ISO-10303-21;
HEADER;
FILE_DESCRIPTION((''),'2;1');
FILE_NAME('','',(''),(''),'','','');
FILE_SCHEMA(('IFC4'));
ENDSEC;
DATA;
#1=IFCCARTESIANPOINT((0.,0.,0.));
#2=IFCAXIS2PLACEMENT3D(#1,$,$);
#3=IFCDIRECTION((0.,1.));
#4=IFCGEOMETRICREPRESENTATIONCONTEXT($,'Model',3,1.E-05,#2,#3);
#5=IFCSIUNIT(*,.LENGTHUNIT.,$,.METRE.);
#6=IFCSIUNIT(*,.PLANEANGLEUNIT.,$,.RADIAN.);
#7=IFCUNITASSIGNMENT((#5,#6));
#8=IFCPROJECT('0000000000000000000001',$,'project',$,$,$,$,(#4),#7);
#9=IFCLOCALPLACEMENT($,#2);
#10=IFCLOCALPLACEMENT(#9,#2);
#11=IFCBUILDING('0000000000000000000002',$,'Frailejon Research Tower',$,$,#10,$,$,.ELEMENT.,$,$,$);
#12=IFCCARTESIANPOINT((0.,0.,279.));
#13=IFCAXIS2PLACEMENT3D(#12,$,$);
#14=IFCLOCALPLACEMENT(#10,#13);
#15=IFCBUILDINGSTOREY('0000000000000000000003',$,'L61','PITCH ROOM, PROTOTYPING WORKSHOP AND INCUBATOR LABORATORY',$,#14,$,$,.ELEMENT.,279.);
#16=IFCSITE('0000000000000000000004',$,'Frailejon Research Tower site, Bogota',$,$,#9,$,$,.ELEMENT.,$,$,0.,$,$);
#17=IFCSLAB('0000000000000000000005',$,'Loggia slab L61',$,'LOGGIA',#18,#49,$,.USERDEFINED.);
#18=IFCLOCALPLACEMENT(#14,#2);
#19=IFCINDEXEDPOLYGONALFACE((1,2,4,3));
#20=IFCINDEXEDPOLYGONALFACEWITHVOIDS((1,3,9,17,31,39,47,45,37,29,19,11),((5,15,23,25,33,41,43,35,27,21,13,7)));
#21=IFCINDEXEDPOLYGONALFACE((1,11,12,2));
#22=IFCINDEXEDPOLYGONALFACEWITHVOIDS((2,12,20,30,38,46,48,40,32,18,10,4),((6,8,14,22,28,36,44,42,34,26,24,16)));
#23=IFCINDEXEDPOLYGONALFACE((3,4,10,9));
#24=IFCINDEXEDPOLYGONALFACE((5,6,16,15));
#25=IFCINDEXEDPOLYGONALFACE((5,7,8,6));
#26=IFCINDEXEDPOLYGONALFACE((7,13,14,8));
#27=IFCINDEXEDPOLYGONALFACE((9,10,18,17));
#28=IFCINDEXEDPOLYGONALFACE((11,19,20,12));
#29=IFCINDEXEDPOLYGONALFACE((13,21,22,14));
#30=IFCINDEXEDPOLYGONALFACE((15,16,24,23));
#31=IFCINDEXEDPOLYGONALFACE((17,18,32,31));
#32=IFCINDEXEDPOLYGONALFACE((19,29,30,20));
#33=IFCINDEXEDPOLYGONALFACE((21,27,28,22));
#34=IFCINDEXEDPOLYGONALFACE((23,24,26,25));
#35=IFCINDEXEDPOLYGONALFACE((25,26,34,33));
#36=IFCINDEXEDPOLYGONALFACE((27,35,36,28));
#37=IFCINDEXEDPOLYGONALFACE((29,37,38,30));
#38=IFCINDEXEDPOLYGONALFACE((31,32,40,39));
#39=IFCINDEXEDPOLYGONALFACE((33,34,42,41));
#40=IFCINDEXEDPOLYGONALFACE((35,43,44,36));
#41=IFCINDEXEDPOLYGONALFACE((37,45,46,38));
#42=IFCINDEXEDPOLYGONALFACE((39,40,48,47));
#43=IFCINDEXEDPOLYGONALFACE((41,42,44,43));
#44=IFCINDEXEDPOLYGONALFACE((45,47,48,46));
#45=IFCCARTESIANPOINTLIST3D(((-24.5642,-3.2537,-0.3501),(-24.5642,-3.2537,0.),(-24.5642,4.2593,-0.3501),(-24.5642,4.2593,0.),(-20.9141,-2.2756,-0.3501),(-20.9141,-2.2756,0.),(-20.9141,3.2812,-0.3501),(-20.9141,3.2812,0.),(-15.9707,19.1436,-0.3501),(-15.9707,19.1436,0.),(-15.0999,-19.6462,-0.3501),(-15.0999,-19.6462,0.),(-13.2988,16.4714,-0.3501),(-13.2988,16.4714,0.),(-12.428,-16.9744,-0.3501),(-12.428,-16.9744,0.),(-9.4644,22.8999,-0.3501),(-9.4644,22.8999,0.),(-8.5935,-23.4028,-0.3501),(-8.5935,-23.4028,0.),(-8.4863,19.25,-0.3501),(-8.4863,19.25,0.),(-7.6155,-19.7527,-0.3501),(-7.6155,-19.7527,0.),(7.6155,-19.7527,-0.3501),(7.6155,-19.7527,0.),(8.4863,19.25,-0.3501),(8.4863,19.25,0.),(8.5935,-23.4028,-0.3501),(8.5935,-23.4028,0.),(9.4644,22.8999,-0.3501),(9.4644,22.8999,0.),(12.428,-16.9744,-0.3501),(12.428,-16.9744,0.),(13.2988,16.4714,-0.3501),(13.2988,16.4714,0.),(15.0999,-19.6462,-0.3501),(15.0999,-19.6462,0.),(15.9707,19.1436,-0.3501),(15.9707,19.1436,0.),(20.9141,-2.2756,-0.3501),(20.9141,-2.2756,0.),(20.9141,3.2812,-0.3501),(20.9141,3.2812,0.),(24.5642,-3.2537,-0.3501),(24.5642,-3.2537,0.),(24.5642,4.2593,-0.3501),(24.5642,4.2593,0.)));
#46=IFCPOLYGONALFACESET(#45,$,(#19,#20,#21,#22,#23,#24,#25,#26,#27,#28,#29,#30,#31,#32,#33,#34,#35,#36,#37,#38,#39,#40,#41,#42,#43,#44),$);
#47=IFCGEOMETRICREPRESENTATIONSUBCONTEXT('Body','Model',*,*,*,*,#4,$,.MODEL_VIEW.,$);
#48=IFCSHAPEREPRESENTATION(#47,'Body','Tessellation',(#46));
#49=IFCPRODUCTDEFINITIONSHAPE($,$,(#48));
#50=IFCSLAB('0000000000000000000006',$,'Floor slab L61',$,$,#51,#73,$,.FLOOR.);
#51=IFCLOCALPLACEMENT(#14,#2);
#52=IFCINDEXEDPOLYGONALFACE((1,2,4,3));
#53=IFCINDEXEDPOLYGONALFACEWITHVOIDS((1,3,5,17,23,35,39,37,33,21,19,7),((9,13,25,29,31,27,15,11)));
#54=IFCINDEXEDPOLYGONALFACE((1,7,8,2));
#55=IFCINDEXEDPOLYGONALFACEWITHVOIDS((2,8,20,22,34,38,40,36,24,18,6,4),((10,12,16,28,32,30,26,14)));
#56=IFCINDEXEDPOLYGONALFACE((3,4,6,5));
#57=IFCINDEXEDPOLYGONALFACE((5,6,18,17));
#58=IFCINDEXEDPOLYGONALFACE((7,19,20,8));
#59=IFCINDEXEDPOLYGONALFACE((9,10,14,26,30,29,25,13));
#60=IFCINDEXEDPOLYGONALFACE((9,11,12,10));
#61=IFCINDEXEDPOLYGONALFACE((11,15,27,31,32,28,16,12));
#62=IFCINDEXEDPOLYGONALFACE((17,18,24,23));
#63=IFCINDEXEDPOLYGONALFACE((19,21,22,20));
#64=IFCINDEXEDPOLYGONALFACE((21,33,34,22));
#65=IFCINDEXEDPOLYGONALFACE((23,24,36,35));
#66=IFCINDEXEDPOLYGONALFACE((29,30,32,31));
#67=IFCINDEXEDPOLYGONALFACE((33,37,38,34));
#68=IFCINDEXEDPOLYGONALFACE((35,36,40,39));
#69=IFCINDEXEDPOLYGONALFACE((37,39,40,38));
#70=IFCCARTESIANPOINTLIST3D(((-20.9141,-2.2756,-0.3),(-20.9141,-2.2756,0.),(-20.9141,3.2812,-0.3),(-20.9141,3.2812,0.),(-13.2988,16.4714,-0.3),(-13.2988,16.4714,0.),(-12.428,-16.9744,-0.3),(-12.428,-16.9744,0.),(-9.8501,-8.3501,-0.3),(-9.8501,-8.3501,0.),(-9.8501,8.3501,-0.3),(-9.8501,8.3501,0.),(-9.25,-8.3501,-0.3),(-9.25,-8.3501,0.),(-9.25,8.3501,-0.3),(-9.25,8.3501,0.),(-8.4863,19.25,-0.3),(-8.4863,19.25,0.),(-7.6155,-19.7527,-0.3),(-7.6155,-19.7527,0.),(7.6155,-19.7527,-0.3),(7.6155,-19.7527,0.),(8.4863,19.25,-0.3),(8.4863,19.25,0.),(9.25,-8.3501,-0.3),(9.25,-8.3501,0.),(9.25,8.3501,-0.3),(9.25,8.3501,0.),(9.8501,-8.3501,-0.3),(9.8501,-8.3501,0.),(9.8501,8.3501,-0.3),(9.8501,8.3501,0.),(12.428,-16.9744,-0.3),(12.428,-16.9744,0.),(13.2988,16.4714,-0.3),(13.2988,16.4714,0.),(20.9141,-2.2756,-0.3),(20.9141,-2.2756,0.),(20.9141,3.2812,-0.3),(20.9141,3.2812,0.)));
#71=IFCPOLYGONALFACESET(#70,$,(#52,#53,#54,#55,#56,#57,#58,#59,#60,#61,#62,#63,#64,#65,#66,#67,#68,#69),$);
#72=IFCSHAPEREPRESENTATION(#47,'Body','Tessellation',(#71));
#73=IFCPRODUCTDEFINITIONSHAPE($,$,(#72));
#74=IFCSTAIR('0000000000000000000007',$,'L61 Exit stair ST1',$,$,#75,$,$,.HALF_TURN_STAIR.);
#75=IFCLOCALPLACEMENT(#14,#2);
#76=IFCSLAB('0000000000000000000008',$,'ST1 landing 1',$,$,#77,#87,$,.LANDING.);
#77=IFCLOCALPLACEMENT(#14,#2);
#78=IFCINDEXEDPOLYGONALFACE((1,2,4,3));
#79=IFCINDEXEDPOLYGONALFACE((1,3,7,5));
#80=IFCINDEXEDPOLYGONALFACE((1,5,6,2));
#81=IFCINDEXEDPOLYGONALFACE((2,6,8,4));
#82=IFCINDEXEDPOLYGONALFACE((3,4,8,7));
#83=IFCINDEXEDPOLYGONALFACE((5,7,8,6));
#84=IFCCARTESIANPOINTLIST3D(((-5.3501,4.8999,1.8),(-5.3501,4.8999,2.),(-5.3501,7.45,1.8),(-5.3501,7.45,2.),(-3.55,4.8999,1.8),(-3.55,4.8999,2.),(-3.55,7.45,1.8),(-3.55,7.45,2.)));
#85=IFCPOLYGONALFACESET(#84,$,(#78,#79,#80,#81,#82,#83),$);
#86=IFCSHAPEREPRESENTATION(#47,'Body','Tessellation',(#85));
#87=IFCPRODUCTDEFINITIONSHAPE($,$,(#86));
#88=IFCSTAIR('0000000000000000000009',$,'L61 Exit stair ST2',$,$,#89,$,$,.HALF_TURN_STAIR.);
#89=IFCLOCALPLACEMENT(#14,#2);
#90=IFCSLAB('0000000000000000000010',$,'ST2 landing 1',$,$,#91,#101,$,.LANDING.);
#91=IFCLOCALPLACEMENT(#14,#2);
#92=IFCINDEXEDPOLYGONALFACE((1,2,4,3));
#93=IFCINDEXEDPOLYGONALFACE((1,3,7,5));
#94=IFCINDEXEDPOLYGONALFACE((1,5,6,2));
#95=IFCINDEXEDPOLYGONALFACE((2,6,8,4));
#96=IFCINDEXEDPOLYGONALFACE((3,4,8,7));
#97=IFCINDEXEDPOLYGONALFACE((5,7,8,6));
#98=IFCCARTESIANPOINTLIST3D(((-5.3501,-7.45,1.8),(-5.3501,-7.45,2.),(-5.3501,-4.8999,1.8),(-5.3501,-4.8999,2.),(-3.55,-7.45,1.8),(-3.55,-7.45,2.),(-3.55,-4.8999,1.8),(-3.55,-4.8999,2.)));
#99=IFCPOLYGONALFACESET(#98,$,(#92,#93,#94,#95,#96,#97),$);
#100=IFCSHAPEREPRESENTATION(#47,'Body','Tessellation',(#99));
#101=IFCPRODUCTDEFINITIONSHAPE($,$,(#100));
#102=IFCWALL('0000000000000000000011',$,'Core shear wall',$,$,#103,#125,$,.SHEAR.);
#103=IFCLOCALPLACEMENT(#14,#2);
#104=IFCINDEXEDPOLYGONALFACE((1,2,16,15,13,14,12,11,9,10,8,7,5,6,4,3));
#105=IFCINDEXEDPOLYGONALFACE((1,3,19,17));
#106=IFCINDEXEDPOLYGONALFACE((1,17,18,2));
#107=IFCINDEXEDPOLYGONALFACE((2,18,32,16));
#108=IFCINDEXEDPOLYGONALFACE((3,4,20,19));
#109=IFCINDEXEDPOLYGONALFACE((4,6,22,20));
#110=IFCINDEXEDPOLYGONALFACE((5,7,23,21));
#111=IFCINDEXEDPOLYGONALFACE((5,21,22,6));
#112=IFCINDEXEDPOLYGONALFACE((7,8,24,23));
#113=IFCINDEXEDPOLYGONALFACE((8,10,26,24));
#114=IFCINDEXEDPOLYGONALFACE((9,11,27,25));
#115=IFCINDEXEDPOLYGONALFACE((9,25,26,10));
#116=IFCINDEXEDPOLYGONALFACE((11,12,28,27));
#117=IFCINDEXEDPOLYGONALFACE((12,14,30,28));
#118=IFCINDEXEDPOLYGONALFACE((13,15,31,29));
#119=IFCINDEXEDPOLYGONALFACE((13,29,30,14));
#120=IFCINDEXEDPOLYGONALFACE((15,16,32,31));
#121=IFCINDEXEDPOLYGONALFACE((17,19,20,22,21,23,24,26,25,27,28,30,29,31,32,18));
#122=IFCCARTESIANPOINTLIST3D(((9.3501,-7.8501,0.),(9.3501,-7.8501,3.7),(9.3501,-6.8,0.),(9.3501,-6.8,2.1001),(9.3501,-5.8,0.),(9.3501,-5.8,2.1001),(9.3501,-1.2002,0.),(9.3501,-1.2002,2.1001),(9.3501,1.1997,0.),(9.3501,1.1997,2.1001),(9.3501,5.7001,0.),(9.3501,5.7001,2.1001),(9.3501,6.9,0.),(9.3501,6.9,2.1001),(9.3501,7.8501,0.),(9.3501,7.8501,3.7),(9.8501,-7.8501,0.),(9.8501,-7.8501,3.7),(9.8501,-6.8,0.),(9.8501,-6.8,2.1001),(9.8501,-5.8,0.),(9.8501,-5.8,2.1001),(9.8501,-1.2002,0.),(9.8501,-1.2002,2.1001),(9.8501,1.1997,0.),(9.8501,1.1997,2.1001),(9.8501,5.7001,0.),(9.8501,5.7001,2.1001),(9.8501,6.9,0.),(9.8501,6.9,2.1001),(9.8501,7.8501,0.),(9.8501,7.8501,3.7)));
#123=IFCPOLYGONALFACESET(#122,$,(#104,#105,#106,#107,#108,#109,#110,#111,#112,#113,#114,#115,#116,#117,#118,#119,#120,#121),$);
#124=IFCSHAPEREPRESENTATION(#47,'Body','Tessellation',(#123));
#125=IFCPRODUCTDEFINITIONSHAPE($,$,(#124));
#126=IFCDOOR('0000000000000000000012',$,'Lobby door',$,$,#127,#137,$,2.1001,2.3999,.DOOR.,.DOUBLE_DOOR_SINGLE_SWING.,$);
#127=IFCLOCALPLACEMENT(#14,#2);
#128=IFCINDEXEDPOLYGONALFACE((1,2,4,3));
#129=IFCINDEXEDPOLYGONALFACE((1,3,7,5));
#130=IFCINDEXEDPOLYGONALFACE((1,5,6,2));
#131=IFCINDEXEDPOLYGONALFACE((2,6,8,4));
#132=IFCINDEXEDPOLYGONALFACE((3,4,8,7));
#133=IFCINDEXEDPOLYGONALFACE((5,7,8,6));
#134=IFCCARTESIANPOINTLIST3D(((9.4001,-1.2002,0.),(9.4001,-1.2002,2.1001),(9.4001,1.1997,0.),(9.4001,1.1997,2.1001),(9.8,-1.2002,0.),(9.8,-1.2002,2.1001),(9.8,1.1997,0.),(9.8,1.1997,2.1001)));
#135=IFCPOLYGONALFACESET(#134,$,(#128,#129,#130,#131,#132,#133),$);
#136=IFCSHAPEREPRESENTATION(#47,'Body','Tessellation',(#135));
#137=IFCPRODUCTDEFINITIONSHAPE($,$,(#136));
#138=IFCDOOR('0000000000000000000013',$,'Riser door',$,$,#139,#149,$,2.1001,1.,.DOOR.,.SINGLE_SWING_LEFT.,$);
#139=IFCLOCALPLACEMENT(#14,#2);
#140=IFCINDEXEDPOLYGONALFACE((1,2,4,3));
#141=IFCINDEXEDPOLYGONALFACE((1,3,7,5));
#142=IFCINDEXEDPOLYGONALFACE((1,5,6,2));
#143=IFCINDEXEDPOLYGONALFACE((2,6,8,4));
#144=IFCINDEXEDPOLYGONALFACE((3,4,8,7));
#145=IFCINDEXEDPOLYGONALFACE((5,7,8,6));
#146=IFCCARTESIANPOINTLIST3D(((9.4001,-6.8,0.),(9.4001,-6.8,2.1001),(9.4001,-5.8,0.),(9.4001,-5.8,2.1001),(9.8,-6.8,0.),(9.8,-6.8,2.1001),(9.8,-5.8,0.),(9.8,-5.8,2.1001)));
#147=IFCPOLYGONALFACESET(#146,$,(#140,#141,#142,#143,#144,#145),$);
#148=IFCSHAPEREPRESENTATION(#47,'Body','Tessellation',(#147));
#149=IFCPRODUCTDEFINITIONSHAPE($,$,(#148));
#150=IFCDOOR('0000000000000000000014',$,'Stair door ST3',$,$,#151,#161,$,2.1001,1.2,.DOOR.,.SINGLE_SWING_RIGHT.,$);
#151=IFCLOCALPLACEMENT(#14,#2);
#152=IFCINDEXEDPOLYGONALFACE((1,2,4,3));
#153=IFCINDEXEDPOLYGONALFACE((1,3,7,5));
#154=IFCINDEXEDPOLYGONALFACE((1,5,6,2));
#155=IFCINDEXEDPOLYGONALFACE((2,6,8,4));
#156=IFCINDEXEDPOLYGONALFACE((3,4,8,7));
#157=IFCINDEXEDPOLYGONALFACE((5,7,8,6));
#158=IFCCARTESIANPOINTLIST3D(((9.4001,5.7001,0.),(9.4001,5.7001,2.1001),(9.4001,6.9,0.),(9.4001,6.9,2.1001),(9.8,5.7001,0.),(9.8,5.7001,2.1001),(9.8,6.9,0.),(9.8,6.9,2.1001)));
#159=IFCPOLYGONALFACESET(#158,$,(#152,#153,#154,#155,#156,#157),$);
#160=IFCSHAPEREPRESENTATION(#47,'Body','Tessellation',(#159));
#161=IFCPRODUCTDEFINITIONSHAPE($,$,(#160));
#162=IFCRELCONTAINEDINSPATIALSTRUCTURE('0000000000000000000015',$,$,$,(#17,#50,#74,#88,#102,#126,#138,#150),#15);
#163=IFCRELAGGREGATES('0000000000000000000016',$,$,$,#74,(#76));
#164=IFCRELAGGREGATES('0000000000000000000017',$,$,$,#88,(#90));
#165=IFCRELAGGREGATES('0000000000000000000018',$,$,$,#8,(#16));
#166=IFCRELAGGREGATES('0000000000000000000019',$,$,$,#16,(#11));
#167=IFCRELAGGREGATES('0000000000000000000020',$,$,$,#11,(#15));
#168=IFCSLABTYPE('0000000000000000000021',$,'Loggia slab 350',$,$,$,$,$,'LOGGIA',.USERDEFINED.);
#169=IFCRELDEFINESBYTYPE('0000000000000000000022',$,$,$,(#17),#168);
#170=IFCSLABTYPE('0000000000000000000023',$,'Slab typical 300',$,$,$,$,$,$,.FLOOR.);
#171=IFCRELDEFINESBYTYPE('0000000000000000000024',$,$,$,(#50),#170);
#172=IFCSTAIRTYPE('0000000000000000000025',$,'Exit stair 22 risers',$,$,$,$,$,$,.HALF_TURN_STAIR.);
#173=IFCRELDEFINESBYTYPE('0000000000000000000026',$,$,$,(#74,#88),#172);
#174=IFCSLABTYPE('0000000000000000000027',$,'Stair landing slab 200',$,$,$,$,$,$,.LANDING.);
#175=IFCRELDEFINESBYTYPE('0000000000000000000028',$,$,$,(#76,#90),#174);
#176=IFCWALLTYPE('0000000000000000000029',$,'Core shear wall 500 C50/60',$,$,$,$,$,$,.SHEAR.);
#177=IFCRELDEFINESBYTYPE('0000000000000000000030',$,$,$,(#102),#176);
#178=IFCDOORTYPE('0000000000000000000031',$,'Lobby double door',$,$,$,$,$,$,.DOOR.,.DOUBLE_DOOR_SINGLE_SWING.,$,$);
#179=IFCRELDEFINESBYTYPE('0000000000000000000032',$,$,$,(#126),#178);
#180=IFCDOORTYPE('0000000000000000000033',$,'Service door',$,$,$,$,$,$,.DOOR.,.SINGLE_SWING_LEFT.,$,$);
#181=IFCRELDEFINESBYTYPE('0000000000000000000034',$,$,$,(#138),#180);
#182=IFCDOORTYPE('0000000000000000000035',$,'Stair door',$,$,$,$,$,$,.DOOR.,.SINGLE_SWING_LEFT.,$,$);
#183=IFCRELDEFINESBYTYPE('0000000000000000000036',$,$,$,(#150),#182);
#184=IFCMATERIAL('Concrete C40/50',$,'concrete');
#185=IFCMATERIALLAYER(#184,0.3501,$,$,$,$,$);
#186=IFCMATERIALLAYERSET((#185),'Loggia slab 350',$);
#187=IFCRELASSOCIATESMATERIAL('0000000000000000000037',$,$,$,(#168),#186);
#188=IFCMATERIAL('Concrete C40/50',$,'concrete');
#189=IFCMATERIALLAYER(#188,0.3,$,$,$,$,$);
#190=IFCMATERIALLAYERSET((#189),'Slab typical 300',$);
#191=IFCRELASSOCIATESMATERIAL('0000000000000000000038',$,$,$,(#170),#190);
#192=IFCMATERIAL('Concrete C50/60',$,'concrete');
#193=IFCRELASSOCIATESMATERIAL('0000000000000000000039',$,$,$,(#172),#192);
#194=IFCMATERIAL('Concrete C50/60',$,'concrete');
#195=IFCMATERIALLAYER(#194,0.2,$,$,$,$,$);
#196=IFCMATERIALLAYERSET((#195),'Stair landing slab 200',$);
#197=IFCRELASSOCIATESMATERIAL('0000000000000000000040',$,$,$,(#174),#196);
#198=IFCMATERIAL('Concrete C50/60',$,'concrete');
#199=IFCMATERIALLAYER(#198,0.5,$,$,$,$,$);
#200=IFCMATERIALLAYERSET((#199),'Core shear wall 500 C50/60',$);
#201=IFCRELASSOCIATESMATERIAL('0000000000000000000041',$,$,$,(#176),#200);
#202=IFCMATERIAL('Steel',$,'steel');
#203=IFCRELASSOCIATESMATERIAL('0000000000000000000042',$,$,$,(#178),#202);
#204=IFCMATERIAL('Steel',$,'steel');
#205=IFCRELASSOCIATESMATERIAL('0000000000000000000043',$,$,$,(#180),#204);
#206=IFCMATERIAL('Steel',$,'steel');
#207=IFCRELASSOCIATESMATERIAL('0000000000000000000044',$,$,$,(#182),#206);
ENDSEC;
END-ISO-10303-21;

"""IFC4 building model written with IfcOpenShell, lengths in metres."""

from ifc_helpers import new_model, si_unit, direction, frame, frame_2d, origin, place, context, subcontext, project, spatial, polyline, rectangle, outline, extrude, material, layer, layer_set, type_object, element, fill, aggregate, save


model = new_model("IFC4")

# Units and contexts
model_context = context("Model", 3, precision=1e-05, world=origin(), true_north=direction((0.0, 1.0)))
body_context = subcontext(model_context, "Body", "Model", "MODEL_VIEW")
ifc_project = project(units=[si_unit("LENGTHUNIT", "METRE"), si_unit("PLANEANGLEUNIT", "RADIAN")], contexts=[model_context])

# Site, building, storey
site_placement = place(None, origin())
site = spatial("IfcSite", under=ifc_project, at=site_placement, Name="Frailejon Research Tower site, Bogota", CompositionType="ELEMENT", RefElevation=0.0)
building_placement = place(site_placement, origin())
building = spatial("IfcBuilding", under=site, at=building_placement, Name="Frailejon Research Tower", CompositionType="ELEMENT")
storey_placement = place(building_placement, frame((0.0, 0.0, 279.0)))
storey = spatial("IfcBuildingStorey", under=building, at=storey_placement, Name="L61", Description="PITCH ROOM, PROTOTYPING WORKSHOP AND INCUBATOR LABORATORY", CompositionType="ELEMENT", Elevation=279.0)

# Slabs
ifc_material_1 = material(Name="Concrete C40/50", Category="concrete")
ifc_layer_1 = layer(ifc_material_1, 0.3501)
ifc_layer_set_1 = layer_set([ifc_layer_1], Name="Loggia slab 350")
slab_type_1 = type_object("IfcSlabType", Name="Loggia slab 350", ElementType="LOGGIA", PredefinedType="USERDEFINED", material=ifc_layer_set_1)
slab_1_placement = place(storey_placement, frame((0.0, 0.0, -0.3501)))
element("IfcSlab", 1, at=slab_1_placement, inside=storey, type_object=slab_type_1, Name="Loggia slab L61", ObjectType="LOGGIA", PredefinedType="USERDEFINED", context=body_context, shape_type="SweptSolid", body=[
    extrude(outline(polyline([(15.0999, -19.6462), (8.5935, -23.4028), (-8.5935, -23.4028), (-15.0999, -19.6462), (-24.5642, -3.2537), (-24.5642, 4.2593), (-15.9707, 19.1436), (-9.4644, 22.8999), (9.4644, 22.8999), (15.9707, 19.1436), (24.5642, 4.2593), (24.5642, -3.2537), (15.0999, -19.6462)]), holes=[polyline([(20.9141, 3.2812), (13.2988, 16.4714), (8.4863, 19.25), (-8.4863, 19.25), (-13.2988, 16.4714), (-20.9141, 3.2812), (-20.9141, -2.2756), (-12.428, -16.9744), (-7.6155, -19.7527), (7.6155, -19.7527), (12.428, -16.9744), (20.9141, -2.2756), (20.9141, 3.2812)])]), origin(), (0.0, 0.0, 1.0), 0.3501),
])
ifc_material_2 = material(Name="Concrete C40/50", Category="concrete")
ifc_layer_2 = layer(ifc_material_2, 0.3)
ifc_layer_set_2 = layer_set([ifc_layer_2], Name="Slab typical 300")
slab_type_2 = type_object("IfcSlabType", Name="Slab typical 300", PredefinedType="FLOOR", material=ifc_layer_set_2)
slab_2_placement = place(storey_placement, frame((0.0, 0.0, -0.3)))
element("IfcSlab", 2, at=slab_2_placement, inside=storey, type_object=slab_type_2, Name="Floor slab L61", PredefinedType="FLOOR", context=body_context, shape_type="SweptSolid", body=[
    extrude(outline(polyline([(20.9141, -2.2756), (20.9141, 3.2812), (13.2988, 16.4714), (8.4863, 19.25), (-8.4863, 19.25), (-13.2988, 16.4714), (-20.9141, 3.2812), (-20.9141, -2.2756), (-12.428, -16.9744), (-7.6155, -19.7527), (7.6155, -19.7527), (12.428, -16.9744), (20.9141, -2.2756)]), holes=[polyline([(9.25, 8.3501), (9.8501, 8.3501), (9.8501, -8.3501), (9.25, -8.3501), (-9.25, -8.3501), (-9.8501, -8.3501), (-9.8501, 8.3501), (-9.25, 8.3501), (9.25, 8.3501)])]), origin(), (0.0, 0.0, 1.0), 0.3),
])

# Stairs, slabs
ifc_material_3 = material(Name="Concrete C50/60", Category="concrete")
stair_type = type_object("IfcStairType", Name="Exit stair 22 risers", PredefinedType="HALF_TURN_STAIR", material=ifc_material_3)
stair_1_placement = place(storey_placement, origin())
stair_1 = element("IfcStair", 3, at=stair_1_placement, inside=storey, type_object=stair_type, Name="L61 Exit stair ST1", PredefinedType="HALF_TURN_STAIR")
ifc_material_4 = material(Name="Concrete C50/60", Category="concrete")
ifc_layer_3 = layer(ifc_material_4, 0.2)
ifc_layer_set_3 = layer_set([ifc_layer_3], Name="Stair landing slab 200")
slab_type_3 = type_object("IfcSlabType", Name="Stair landing slab 200", PredefinedType="LANDING", material=ifc_layer_set_3)
slab_3_placement = place(storey_placement, frame((0.0, 0.0, 1.8)))
slab_3 = element("IfcSlab", 4, at=slab_3_placement, type_object=slab_type_3, Name="ST1 landing 1", PredefinedType="LANDING", context=body_context, shape_type="SweptSolid", body=[
    extrude(outline(polyline([(-5.3501, 4.8999), (-3.55, 4.8999), (-3.55, 7.45), (-5.3501, 7.45), (-5.3501, 4.8999)])), origin(), (0.0, 0.0, 1.0), 0.2),
])
aggregate(stair_1, [slab_3])
stair_2_placement = place(storey_placement, origin())
stair_2 = element("IfcStair", 5, at=stair_2_placement, inside=storey, type_object=stair_type, Name="L61 Exit stair ST2", PredefinedType="HALF_TURN_STAIR")
slab_4_placement = place(storey_placement, frame((0.0, 0.0, 1.8)))
slab_4 = element("IfcSlab", 6, at=slab_4_placement, type_object=slab_type_3, Name="ST2 landing 1", PredefinedType="LANDING", context=body_context, shape_type="SweptSolid", body=[
    extrude(outline(polyline([(-5.3501, -7.45), (-3.55, -7.45), (-3.55, -4.8999), (-5.3501, -4.8999), (-5.3501, -7.45)])), origin(), (0.0, 0.0, 1.0), 0.2),
])
aggregate(stair_2, [slab_4])

# Wall, openings, doors
ifc_material_5 = material(Name="Concrete C50/60", Category="concrete")
ifc_layer_4 = layer(ifc_material_5, 0.5)
ifc_layer_set_4 = layer_set([ifc_layer_4], Name="Core shear wall 500 C50/60")
wall_type_1 = type_object("IfcWallType", Name="Core shear wall 500 C50/60", PredefinedType="SHEAR", material=ifc_layer_set_4)
wall_1_placement = place(storey_placement, frame((9.6001, -7.8501, 0.0), z_axis=(0.0, 0.0, 1.0), x_axis=(0.0, 1.0, 0.0)))
wall_1 = element("IfcWall", 7, at=wall_1_placement, inside=storey, type_object=wall_type_1, Name="Core shear wall", PredefinedType="SHEAR", context=body_context, shape_type="SweptSolid", body=[
    extrude(rectangle(XDim=15.7002, YDim=0.5, at=frame_2d((7.8501, 0.0))), origin(), (0.0, 0.0, 1.0), 3.7),
])
opening_1_placement = place(wall_1_placement, frame((6.6499, 0.0, 0.0)))
opening_1 = element("IfcOpeningElement", 8, at=opening_1_placement, cuts=wall_1, PredefinedType="OPENING", context=body_context, shape_type="SweptSolid", body=[
    extrude(rectangle(XDim=2.3999, YDim=2.1001, at=frame_2d((1.2, 1.05))), frame((0.0, 0.26, 0.0), z_axis=(0.0, -1.0, 0.0), x_axis=(1.0, 0.0, 0.0)), (0.0, 0.0, 1.0), 0.52),
])
opening_2_placement = place(wall_1_placement, frame((13.55, 0.0, 0.0)))
opening_2 = element("IfcOpeningElement", 9, at=opening_2_placement, cuts=wall_1, PredefinedType="OPENING", context=body_context, shape_type="SweptSolid", body=[
    extrude(rectangle(XDim=1.2, YDim=2.1001, at=frame_2d((0.6001, 1.05))), frame((0.0, 0.26, 0.0), z_axis=(0.0, -1.0, 0.0), x_axis=(1.0, 0.0, 0.0)), (0.0, 0.0, 1.0), 0.52),
])
opening_3_placement = place(wall_1_placement, frame((1.05, 0.0, 0.0)))
opening_3 = element("IfcOpeningElement", 10, at=opening_3_placement, cuts=wall_1, PredefinedType="OPENING", context=body_context, shape_type="SweptSolid", body=[
    extrude(rectangle(XDim=1.0, YDim=2.1001, at=frame_2d((0.5, 1.05))), frame((0.0, 0.26, 0.0), z_axis=(0.0, -1.0, 0.0), x_axis=(1.0, 0.0, 0.0)), (0.0, 0.0, 1.0), 0.52),
])
ifc_material_6 = material(Name="Steel", Category="steel")
door_type_1 = type_object("IfcDoorType", Name="Lobby double door", OperationType="DOUBLE_DOOR_SINGLE_SWING", PredefinedType="DOOR", material=ifc_material_6)
door_1_placement = place(opening_1_placement, origin())
door_1 = element("IfcDoor", 11, at=door_1_placement, inside=storey, type_object=door_type_1, Name="Lobby door", OperationType="DOUBLE_DOOR_SINGLE_SWING", OverallHeight=2.1001, OverallWidth=2.3999, PredefinedType="DOOR", context=body_context, shape_type="SweptSolid", body=[
    extrude(rectangle(XDim=2.3999, YDim=2.1001, at=frame_2d((1.2, 1.05))), frame((0.0, 0.2, 0.0), z_axis=(0.0, -1.0, 0.0), x_axis=(1.0, 0.0, 0.0)), (0.0, 0.0, 1.0), 0.3999),
])
fill(opening_1, door_1)
ifc_material_7 = material(Name="Steel", Category="steel")
door_type_2 = type_object("IfcDoorType", Name="Service door", OperationType="SINGLE_SWING_LEFT", PredefinedType="DOOR", material=ifc_material_7)
door_2_placement = place(opening_3_placement, origin())
door_2 = element("IfcDoor", 12, at=door_2_placement, inside=storey, type_object=door_type_2, Name="Riser door", OperationType="SINGLE_SWING_LEFT", OverallHeight=2.1001, OverallWidth=1.0, PredefinedType="DOOR", context=body_context, shape_type="SweptSolid", body=[
    extrude(rectangle(XDim=1.0, YDim=2.1001, at=frame_2d((0.5, 1.05))), frame((0.0, 0.2, 0.0), z_axis=(0.0, -1.0, 0.0), x_axis=(1.0, 0.0, 0.0)), (0.0, 0.0, 1.0), 0.3999),
])
fill(opening_3, door_2)
ifc_material_8 = material(Name="Steel", Category="steel")
door_type_3 = type_object("IfcDoorType", Name="Stair door", OperationType="SINGLE_SWING_LEFT", PredefinedType="DOOR", material=ifc_material_8)
door_3_placement = place(opening_2_placement, origin())
door_3 = element("IfcDoor", 13, at=door_3_placement, inside=storey, type_object=door_type_3, Name="Stair door ST3", OperationType="SINGLE_SWING_RIGHT", OverallHeight=2.1001, OverallWidth=1.2, PredefinedType="DOOR", context=body_context, shape_type="SweptSolid", body=[
    extrude(rectangle(XDim=1.2, YDim=2.1001, at=frame_2d((0.6001, 1.05))), frame((0.0, 0.2, 0.0), z_axis=(0.0, -1.0, 0.0), x_axis=(1.0, 0.0, 0.0)), (0.0, 0.0, 1.0), 0.3999),
])
fill(opening_2, door_3)

save(model, "model.ifc")
